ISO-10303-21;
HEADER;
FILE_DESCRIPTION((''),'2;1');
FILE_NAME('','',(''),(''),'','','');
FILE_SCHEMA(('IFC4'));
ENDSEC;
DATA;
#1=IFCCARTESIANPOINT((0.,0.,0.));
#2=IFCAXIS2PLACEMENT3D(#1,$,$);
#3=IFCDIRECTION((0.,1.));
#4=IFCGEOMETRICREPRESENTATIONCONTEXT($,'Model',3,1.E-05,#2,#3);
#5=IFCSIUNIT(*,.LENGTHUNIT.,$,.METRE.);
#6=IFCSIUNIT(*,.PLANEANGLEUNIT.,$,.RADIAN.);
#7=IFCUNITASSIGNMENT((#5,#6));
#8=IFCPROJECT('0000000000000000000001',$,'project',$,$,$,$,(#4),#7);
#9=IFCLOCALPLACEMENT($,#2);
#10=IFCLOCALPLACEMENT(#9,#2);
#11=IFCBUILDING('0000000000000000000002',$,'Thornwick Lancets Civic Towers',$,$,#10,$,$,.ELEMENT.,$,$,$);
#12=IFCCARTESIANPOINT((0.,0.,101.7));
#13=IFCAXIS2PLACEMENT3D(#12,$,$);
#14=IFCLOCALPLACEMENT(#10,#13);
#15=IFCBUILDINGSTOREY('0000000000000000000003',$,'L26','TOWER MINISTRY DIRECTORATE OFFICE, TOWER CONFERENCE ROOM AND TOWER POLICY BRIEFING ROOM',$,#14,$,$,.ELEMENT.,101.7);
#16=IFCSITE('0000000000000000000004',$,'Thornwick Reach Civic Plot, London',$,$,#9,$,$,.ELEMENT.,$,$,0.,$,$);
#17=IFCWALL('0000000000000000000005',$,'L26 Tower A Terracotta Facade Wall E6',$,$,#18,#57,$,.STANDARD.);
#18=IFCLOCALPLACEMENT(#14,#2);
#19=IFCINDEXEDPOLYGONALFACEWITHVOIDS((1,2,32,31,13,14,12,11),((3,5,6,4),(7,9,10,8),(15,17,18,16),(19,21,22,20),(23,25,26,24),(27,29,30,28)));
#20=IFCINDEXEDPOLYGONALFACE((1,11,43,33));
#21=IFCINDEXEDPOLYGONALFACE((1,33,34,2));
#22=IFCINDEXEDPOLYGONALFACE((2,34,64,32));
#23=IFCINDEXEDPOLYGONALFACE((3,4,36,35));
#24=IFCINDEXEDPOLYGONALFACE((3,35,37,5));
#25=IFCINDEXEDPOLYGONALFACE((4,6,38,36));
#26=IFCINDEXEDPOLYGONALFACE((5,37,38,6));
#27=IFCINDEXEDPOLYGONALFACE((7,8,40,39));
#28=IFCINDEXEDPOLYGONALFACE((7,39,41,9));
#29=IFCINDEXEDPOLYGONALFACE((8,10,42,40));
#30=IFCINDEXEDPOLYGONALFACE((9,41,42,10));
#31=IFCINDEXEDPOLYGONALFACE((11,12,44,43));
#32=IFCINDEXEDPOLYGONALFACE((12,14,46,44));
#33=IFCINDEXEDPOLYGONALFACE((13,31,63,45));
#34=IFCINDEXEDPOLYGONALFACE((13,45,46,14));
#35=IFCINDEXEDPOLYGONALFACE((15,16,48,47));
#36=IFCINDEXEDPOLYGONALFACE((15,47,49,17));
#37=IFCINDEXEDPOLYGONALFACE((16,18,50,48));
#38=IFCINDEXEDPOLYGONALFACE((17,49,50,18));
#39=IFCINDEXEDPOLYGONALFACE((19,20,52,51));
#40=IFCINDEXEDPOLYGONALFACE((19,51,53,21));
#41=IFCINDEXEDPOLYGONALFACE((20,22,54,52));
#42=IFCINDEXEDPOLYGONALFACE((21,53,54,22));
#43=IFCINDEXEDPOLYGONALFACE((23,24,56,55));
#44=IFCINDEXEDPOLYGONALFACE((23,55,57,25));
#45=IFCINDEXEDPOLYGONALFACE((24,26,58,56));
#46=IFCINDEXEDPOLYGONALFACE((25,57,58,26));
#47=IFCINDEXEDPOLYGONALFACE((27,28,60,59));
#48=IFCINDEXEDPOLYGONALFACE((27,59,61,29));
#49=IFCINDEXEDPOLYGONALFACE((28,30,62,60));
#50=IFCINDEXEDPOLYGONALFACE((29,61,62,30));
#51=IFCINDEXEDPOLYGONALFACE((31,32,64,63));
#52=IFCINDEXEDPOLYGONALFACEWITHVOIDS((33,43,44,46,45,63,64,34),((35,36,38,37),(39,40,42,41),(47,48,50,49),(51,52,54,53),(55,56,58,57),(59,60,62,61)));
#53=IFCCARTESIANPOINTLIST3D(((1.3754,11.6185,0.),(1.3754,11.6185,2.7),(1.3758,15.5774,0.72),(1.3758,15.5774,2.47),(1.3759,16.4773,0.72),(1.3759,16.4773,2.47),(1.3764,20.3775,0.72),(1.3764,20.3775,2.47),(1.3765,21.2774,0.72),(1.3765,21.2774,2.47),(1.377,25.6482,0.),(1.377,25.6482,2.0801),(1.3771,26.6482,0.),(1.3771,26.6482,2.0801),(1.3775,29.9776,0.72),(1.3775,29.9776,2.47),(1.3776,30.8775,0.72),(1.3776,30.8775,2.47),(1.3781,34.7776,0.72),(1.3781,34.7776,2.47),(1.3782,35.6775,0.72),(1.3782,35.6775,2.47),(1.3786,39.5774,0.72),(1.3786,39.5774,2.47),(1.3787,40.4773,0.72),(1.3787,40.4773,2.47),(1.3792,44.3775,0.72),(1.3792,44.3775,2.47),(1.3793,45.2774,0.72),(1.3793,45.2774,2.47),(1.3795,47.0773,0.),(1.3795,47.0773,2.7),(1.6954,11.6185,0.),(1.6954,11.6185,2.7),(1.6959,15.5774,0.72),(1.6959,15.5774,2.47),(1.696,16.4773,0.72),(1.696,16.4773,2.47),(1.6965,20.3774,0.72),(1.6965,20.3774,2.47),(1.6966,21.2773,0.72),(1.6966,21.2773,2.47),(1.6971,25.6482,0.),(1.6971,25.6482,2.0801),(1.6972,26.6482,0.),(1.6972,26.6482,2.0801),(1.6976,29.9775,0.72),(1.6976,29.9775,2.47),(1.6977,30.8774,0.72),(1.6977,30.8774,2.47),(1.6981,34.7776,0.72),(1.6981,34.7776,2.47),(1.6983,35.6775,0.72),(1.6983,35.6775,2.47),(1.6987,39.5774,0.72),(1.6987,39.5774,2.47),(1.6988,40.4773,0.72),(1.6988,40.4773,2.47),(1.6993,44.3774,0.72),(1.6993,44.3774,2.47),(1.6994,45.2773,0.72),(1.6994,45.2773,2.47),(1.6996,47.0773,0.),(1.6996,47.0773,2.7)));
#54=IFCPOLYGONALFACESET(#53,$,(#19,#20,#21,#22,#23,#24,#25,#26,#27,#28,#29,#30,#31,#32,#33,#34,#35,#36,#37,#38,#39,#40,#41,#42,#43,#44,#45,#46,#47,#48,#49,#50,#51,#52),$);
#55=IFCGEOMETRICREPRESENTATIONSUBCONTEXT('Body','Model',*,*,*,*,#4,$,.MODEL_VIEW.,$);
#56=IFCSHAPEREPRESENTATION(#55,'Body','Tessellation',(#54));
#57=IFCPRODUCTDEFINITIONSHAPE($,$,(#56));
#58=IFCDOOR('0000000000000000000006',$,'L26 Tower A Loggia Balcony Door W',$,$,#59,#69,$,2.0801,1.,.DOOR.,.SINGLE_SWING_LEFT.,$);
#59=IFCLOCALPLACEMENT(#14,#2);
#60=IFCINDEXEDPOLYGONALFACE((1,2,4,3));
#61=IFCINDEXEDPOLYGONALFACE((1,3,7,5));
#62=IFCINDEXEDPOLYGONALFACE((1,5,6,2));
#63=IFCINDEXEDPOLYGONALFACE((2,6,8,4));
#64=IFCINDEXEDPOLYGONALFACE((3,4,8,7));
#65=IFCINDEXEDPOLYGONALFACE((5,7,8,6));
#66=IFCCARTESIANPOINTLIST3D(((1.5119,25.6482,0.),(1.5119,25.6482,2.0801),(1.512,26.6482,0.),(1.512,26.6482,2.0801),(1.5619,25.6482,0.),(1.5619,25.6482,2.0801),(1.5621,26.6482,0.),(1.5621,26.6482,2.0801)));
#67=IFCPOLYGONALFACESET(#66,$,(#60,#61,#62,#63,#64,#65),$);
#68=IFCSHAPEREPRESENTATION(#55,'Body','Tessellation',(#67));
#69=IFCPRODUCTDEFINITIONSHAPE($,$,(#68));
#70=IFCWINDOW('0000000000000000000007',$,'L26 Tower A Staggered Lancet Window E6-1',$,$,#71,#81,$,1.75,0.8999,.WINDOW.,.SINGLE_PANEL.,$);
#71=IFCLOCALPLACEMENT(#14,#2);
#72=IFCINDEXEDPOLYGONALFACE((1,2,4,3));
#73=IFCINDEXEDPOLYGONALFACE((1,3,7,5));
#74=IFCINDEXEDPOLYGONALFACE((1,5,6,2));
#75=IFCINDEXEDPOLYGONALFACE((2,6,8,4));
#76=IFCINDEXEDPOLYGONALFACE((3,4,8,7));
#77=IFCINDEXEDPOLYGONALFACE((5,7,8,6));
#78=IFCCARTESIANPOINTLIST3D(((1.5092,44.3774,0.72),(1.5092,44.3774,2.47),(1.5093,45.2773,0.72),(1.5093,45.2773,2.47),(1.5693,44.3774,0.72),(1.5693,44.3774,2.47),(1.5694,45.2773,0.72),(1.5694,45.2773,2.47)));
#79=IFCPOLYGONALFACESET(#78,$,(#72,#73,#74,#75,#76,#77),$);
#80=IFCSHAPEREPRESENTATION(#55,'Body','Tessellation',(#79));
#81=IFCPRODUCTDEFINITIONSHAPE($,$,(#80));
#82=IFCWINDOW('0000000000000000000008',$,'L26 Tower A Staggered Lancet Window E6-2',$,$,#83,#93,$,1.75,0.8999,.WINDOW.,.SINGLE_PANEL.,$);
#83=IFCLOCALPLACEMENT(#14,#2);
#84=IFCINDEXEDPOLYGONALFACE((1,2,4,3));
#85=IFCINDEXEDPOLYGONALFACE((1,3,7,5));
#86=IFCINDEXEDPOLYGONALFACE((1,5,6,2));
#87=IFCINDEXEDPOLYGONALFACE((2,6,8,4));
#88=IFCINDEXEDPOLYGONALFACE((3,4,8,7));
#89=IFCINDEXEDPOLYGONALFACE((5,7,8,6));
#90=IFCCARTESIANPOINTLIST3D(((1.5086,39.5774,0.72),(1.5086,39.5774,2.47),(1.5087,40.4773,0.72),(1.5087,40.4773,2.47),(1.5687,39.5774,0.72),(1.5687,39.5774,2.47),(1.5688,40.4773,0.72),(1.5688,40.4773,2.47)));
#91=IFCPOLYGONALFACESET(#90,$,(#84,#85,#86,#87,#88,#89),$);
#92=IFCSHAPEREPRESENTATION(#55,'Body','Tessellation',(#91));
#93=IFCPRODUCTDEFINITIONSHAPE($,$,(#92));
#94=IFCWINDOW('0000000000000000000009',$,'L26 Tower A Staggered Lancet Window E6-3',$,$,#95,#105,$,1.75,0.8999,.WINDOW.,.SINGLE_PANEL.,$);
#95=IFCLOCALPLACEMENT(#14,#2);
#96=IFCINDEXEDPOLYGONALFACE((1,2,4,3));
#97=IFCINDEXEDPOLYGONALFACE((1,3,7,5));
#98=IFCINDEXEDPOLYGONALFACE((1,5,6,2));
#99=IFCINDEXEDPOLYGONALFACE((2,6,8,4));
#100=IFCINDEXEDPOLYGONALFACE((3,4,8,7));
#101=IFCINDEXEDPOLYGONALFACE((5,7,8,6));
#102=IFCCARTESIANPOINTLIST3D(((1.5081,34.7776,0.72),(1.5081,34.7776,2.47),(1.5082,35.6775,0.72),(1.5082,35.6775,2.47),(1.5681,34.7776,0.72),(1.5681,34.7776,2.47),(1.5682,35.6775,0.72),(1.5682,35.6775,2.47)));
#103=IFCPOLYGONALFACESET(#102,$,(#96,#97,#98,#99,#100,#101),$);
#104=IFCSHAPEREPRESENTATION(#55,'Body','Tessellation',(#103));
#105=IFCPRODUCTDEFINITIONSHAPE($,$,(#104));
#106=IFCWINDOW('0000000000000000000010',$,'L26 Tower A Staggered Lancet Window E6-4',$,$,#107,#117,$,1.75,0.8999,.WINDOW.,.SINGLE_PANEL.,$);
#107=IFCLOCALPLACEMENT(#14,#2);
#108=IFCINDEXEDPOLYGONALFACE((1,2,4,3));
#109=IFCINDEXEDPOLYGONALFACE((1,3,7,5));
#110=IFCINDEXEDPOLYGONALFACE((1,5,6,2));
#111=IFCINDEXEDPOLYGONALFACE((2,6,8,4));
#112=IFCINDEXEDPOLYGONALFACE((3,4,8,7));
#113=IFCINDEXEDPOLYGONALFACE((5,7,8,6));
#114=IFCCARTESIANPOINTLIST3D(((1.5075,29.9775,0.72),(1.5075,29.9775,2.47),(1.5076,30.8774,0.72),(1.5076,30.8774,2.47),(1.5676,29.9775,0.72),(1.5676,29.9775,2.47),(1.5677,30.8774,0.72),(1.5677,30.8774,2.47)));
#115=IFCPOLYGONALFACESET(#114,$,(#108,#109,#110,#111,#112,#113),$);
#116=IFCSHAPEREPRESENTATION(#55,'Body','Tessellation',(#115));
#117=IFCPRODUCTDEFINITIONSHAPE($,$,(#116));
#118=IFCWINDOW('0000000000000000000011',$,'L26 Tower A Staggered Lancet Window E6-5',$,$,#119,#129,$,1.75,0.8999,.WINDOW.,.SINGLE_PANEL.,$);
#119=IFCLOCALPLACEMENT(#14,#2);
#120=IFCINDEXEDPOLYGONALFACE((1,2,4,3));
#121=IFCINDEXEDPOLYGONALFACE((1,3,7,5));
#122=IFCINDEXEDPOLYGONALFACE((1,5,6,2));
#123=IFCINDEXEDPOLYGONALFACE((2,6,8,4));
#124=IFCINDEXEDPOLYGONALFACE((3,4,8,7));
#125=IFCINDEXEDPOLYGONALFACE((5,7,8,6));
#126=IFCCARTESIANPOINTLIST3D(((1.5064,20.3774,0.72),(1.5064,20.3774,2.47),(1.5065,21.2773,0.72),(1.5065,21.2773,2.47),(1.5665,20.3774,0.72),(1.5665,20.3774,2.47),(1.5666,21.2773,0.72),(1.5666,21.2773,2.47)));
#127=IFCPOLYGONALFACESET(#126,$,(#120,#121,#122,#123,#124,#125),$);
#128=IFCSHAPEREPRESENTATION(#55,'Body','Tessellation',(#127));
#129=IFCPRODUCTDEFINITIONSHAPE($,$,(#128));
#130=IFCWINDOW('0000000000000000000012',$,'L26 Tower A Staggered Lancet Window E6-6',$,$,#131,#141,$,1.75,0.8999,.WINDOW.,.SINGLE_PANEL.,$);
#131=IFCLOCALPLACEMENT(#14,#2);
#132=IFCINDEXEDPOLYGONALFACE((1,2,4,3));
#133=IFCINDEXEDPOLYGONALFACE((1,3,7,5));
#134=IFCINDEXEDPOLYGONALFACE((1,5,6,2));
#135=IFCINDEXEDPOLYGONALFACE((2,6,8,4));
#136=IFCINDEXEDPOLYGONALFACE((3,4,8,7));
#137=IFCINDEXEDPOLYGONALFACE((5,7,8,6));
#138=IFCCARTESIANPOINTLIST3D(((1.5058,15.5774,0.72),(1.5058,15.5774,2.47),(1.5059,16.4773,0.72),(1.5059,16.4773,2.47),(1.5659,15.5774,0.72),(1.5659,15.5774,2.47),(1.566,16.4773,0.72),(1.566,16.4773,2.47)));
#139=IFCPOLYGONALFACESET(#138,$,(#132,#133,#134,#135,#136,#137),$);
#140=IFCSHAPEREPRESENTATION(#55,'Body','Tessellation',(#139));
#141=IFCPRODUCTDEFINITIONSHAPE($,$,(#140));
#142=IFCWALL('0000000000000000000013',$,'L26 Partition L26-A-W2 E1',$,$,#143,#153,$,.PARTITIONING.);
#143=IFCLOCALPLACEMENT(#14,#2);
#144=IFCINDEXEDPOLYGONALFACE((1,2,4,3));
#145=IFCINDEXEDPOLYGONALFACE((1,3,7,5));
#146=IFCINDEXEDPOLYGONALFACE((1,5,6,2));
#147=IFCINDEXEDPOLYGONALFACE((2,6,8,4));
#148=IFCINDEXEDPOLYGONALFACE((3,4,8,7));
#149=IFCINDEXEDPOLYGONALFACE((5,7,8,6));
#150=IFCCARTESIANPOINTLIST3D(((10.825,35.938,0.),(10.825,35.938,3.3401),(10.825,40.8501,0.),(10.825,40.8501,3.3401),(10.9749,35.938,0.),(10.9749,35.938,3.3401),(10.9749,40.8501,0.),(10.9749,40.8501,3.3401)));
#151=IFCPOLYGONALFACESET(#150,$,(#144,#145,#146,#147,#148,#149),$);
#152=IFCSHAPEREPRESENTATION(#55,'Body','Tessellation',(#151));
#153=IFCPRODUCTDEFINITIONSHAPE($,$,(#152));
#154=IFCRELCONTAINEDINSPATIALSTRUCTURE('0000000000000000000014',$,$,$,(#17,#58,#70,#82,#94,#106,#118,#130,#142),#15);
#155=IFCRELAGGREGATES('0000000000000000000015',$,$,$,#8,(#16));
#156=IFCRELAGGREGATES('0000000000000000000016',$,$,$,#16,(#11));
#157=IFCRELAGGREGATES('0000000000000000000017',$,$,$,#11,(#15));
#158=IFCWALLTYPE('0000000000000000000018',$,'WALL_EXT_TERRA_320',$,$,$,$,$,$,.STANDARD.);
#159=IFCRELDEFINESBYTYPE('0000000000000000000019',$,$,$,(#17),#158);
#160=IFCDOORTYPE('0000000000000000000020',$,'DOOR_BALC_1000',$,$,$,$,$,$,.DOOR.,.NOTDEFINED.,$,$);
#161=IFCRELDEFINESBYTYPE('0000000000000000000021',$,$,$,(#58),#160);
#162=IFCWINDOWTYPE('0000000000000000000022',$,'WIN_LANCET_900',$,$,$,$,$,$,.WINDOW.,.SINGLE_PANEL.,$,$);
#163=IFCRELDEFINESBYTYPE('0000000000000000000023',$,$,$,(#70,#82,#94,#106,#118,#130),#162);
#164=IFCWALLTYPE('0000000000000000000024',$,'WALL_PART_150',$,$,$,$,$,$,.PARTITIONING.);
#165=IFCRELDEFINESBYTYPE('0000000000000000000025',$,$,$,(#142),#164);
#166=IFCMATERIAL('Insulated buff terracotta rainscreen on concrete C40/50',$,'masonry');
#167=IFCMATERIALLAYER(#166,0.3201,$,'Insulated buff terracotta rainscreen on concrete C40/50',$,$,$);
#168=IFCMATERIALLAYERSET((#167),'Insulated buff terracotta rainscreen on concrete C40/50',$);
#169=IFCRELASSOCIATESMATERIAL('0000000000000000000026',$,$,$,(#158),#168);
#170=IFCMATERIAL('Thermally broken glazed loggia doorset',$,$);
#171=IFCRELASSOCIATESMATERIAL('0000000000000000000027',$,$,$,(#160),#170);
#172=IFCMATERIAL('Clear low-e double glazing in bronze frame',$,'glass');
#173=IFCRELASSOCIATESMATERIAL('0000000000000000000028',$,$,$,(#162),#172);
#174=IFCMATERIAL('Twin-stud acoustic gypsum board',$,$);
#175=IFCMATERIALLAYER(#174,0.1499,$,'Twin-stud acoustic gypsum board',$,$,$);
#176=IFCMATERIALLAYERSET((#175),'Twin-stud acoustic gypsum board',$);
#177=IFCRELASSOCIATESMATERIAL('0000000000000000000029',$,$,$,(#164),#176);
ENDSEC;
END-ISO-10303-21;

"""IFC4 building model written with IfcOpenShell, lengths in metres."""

from ifc_helpers import new_model, si_unit, direction, frame, frame_2d, origin, place, context, subcontext, project, spatial, rectangle, extrude, material, layer, layer_set, type_object, element, fill, save


model = new_model("IFC4")

# Units and contexts
model_context = context("Model", 3, precision=1e-05, world=origin(), true_north=direction((0.0, 1.0)))
body_context = subcontext(model_context, "Body", "Model", "MODEL_VIEW")
ifc_project = project(units=[si_unit("LENGTHUNIT", "METRE"), si_unit("PLANEANGLEUNIT", "RADIAN")], contexts=[model_context])

# Site, building, storey
site_placement = place(None, origin())
site = spatial("IfcSite", under=ifc_project, at=site_placement, Name="Thornwick Reach Civic Plot, London", CompositionType="ELEMENT", RefElevation=0.0)
building_placement = place(site_placement, origin())
building = spatial("IfcBuilding", under=site, at=building_placement, Name="Thornwick Lancets Civic Towers", CompositionType="ELEMENT")
storey_placement = place(building_placement, frame((0.0, 0.0, 101.7)))
storey = spatial("IfcBuildingStorey", under=building, at=storey_placement, Name="L26", Description="TOWER MINISTRY DIRECTORATE OFFICE, TOWER CONFERENCE ROOM AND TOWER POLICY BRIEFING ROOM", CompositionType="ELEMENT", Elevation=101.7)

# Wall, openings, door, windows
ifc_material_1 = material(Name="Insulated buff terracotta rainscreen on concrete C40/50", Category="masonry")
ifc_layer_1 = layer(ifc_material_1, 0.3201, Name="Insulated buff terracotta rainscreen on concrete C40/50")
ifc_layer_set_1 = layer_set([ifc_layer_1], Name="Insulated buff terracotta rainscreen on concrete C40/50")
wall_type_1 = type_object("IfcWallType", Name="WALL_EXT_TERRA_320", PredefinedType="STANDARD", material=ifc_layer_set_1)
wall_1_placement = place(storey_placement, frame((1.5396, 47.0774, 0.0), z_axis=(0.0, 0.0, 1.0), x_axis=(-0.000117, -1.0, 0.0)))
wall_1 = element("IfcWall", 1, at=wall_1_placement, inside=storey, type_object=wall_type_1, Name="L26 Tower A Terracotta Facade Wall E6", PredefinedType="STANDARD", context=body_context, shape_type="SweptSolid", body=[
    extrude(rectangle(XDim=35.4587, YDim=0.3201, at=frame_2d((17.7295, 0.0))), origin(), (0.0, 0.0, 1.0), 2.7),
])
opening_1_placement = place(wall_1_placement, frame((20.4292, 0.0, 0.0)))
opening_1 = element("IfcOpeningElement", 2, at=opening_1_placement, cuts=wall_1, PredefinedType="OPENING", context=body_context, shape_type="SweptSolid", body=[
    extrude(rectangle(XDim=1.0, YDim=2.0801, at=frame_2d((0.5, 1.04))), frame((0.0, 0.1699, 0.0), z_axis=(0.0, -1.0, 0.0), x_axis=(1.0, 0.0, 0.0)), (0.0, 0.0, 1.0), 0.3401),
])
opening_2_placement = place(wall_1_placement, frame((1.8, 0.0, 0.72)))
opening_2 = element("IfcOpeningElement", 3, at=opening_2_placement, cuts=wall_1, PredefinedType="OPENING", context=body_context, shape_type="SweptSolid", body=[
    extrude(rectangle(XDim=0.8999, YDim=1.75, at=frame_2d((0.45, 0.875))), frame((0.0, 0.1699, 0.0), z_axis=(0.0, -1.0, 0.0), x_axis=(1.0, 0.0, 0.0)), (0.0, 0.0, 1.0), 0.3401),
])
opening_3_placement = place(wall_1_placement, frame((6.6001, 0.0, 0.72)))
opening_3 = element("IfcOpeningElement", 4, at=opening_3_placement, cuts=wall_1, PredefinedType="OPENING", context=body_context, shape_type="SweptSolid", body=[
    extrude(rectangle(XDim=0.8999, YDim=1.75, at=frame_2d((0.45, 0.875))), frame((0.0, 0.1699, 0.0), z_axis=(0.0, -1.0, 0.0), x_axis=(1.0, 0.0, 0.0)), (0.0, 0.0, 1.0), 0.3401),
])
opening_4_placement = place(wall_1_placement, frame((11.3999, 0.0, 0.72)))
opening_4 = element("IfcOpeningElement", 5, at=opening_4_placement, cuts=wall_1, PredefinedType="OPENING", context=body_context, shape_type="SweptSolid", body=[
    extrude(rectangle(XDim=0.8999, YDim=1.75, at=frame_2d((0.45, 0.875))), frame((0.0, 0.1699, 0.0), z_axis=(0.0, -1.0, 0.0), x_axis=(1.0, 0.0, 0.0)), (0.0, 0.0, 1.0), 0.3401),
])
opening_5_placement = place(wall_1_placement, frame((16.2, 0.0, 0.72)))
opening_5 = element("IfcOpeningElement", 6, at=opening_5_placement, cuts=wall_1, PredefinedType="OPENING", context=body_context, shape_type="SweptSolid", body=[
    extrude(rectangle(XDim=0.8999, YDim=1.75, at=frame_2d((0.45, 0.875))), frame((0.0, 0.1699, 0.0), z_axis=(0.0, -1.0, 0.0), x_axis=(1.0, 0.0, 0.0)), (0.0, 0.0, 1.0), 0.3401),
])
opening_6_placement = place(wall_1_placement, frame((25.8, 0.0, 0.72)))
opening_6 = element("IfcOpeningElement", 7, at=opening_6_placement, cuts=wall_1, PredefinedType="OPENING", context=body_context, shape_type="SweptSolid", body=[
    extrude(rectangle(XDim=0.8999, YDim=1.75, at=frame_2d((0.45, 0.875))), frame((0.0, 0.1699, 0.0), z_axis=(0.0, -1.0, 0.0), x_axis=(1.0, 0.0, 0.0)), (0.0, 0.0, 1.0), 0.3401),
])
opening_7_placement = place(wall_1_placement, frame((30.6001, 0.0, 0.72)))
opening_7 = element("IfcOpeningElement", 8, at=opening_7_placement, cuts=wall_1, PredefinedType="OPENING", context=body_context, shape_type="SweptSolid", body=[
    extrude(rectangle(XDim=0.8999, YDim=1.75, at=frame_2d((0.45, 0.875))), frame((0.0, 0.1699, 0.0), z_axis=(0.0, -1.0, 0.0), x_axis=(1.0, 0.0, 0.0)), (0.0, 0.0, 1.0), 0.3401),
])
ifc_material_2 = material(Name="Thermally broken glazed loggia doorset")
door_type = type_object("IfcDoorType", Name="DOOR_BALC_1000", OperationType="NOTDEFINED", PredefinedType="DOOR", material=ifc_material_2)
door_placement = place(opening_1_placement, origin())
door = element("IfcDoor", 9, at=door_placement, inside=storey, type_object=door_type, Name="L26 Tower A Loggia Balcony Door W", OperationType="SINGLE_SWING_LEFT", OverallHeight=2.0801, OverallWidth=1.0, PredefinedType="DOOR", context=body_context, shape_type="SweptSolid", body=[
    extrude(rectangle(XDim=1.0, YDim=2.0801, at=frame_2d((0.5, 1.04))), frame((0.0, 0.0249, 0.0), z_axis=(0.0, -1.0, 0.0), x_axis=(1.0, 0.0, 0.0)), (0.0, 0.0, 1.0), 0.05),
])
fill(opening_1, door)
ifc_material_3 = material(Name="Clear low-e double glazing in bronze frame", Category="glass")
window_type = type_object("IfcWindowType", Name="WIN_LANCET_900", PartitioningType="SINGLE_PANEL", PredefinedType="WINDOW", material=ifc_material_3)
window_1_placement = place(opening_2_placement, origin())
window_1 = element("IfcWindow", 10, at=window_1_placement, inside=storey, type_object=window_type, Name="L26 Tower A Staggered Lancet Window E6-1", OverallHeight=1.75, OverallWidth=0.8999, PartitioningType="SINGLE_PANEL", PredefinedType="WINDOW", context=body_context, shape_type="SweptSolid", body=[
    extrude(rectangle(XDim=0.8999, YDim=1.75, at=frame_2d((0.45, 0.875))), frame((0.0, 0.03, 0.0), z_axis=(0.0, -1.0, 0.0), x_axis=(1.0, 0.0, 0.0)), (0.0, 0.0, 1.0), 0.0601),
])
fill(opening_2, window_1)
window_2_placement = place(opening_3_placement, origin())
window_2 = element("IfcWindow", 11, at=window_2_placement, inside=storey, type_object=window_type, Name="L26 Tower A Staggered Lancet Window E6-2", OverallHeight=1.75, OverallWidth=0.8999, PartitioningType="SINGLE_PANEL", PredefinedType="WINDOW", context=body_context, shape_type="SweptSolid", body=[
    extrude(rectangle(XDim=0.8999, YDim=1.75, at=frame_2d((0.45, 0.875))), frame((0.0, 0.03, 0.0), z_axis=(0.0, -1.0, 0.0), x_axis=(1.0, 0.0, 0.0)), (0.0, 0.0, 1.0), 0.0601),
])
fill(opening_3, window_2)
window_3_placement = place(opening_4_placement, origin())
window_3 = element("IfcWindow", 12, at=window_3_placement, inside=storey, type_object=window_type, Name="L26 Tower A Staggered Lancet Window E6-3", OverallHeight=1.75, OverallWidth=0.8999, PartitioningType="SINGLE_PANEL", PredefinedType="WINDOW", context=body_context, shape_type="SweptSolid", body=[
    extrude(rectangle(XDim=0.8999, YDim=1.75, at=frame_2d((0.45, 0.875))), frame((0.0, 0.03, 0.0), z_axis=(0.0, -1.0, 0.0), x_axis=(1.0, 0.0, 0.0)), (0.0, 0.0, 1.0), 0.0601),
])
fill(opening_4, window_3)
window_4_placement = place(opening_5_placement, origin())
window_4 = element("IfcWindow", 13, at=window_4_placement, inside=storey, type_object=window_type, Name="L26 Tower A Staggered Lancet Window E6-4", OverallHeight=1.75, OverallWidth=0.8999, PartitioningType="SINGLE_PANEL", PredefinedType="WINDOW", context=body_context, shape_type="SweptSolid", body=[
    extrude(rectangle(XDim=0.8999, YDim=1.75, at=frame_2d((0.45, 0.875))), frame((0.0, 0.03, 0.0), z_axis=(0.0, -1.0, 0.0), x_axis=(1.0, 0.0, 0.0)), (0.0, 0.0, 1.0), 0.0601),
])
fill(opening_5, window_4)
window_5_placement = place(opening_6_placement, origin())
window_5 = element("IfcWindow", 14, at=window_5_placement, inside=storey, type_object=window_type, Name="L26 Tower A Staggered Lancet Window E6-5", OverallHeight=1.75, OverallWidth=0.8999, PartitioningType="SINGLE_PANEL", PredefinedType="WINDOW", context=body_context, shape_type="SweptSolid", body=[
    extrude(rectangle(XDim=0.8999, YDim=1.75, at=frame_2d((0.45, 0.875))), frame((0.0, 0.03, 0.0), z_axis=(0.0, -1.0, 0.0), x_axis=(1.0, 0.0, 0.0)), (0.0, 0.0, 1.0), 0.0601),
])
fill(opening_6, window_5)
window_6_placement = place(opening_7_placement, origin())
window_6 = element("IfcWindow", 15, at=window_6_placement, inside=storey, type_object=window_type, Name="L26 Tower A Staggered Lancet Window E6-6", OverallHeight=1.75, OverallWidth=0.8999, PartitioningType="SINGLE_PANEL", PredefinedType="WINDOW", context=body_context, shape_type="SweptSolid", body=[
    extrude(rectangle(XDim=0.8999, YDim=1.75, at=frame_2d((0.45, 0.875))), frame((0.0, 0.03, 0.0), z_axis=(0.0, -1.0, 0.0), x_axis=(1.0, 0.0, 0.0)), (0.0, 0.0, 1.0), 0.0601),
])
fill(opening_7, window_6)

# Wall
ifc_material_4 = material(Name="Twin-stud acoustic gypsum board")
ifc_layer_2 = layer(ifc_material_4, 0.1499, Name="Twin-stud acoustic gypsum board")
ifc_layer_set_2 = layer_set([ifc_layer_2], Name="Twin-stud acoustic gypsum board")
wall_type_2 = type_object("IfcWallType", Name="WALL_PART_150", PredefinedType="PARTITIONING", material=ifc_layer_set_2)
wall_2_placement = place(storey_placement, frame((10.8999, 40.8501, 0.0), z_axis=(0.0, 0.0, 1.0), x_axis=(0.0, -1.0, 0.0)))
element("IfcWall", 16, at=wall_2_placement, inside=storey, type_object=wall_type_2, Name="L26 Partition L26-A-W2 E1", PredefinedType="PARTITIONING", context=body_context, shape_type="SweptSolid", body=[
    extrude(rectangle(XDim=4.9121, YDim=0.1499, at=frame_2d((2.4561, 0.0))), origin(), (0.0, 0.0, 1.0), 3.3401),
])

save(model, "model.ifc")
